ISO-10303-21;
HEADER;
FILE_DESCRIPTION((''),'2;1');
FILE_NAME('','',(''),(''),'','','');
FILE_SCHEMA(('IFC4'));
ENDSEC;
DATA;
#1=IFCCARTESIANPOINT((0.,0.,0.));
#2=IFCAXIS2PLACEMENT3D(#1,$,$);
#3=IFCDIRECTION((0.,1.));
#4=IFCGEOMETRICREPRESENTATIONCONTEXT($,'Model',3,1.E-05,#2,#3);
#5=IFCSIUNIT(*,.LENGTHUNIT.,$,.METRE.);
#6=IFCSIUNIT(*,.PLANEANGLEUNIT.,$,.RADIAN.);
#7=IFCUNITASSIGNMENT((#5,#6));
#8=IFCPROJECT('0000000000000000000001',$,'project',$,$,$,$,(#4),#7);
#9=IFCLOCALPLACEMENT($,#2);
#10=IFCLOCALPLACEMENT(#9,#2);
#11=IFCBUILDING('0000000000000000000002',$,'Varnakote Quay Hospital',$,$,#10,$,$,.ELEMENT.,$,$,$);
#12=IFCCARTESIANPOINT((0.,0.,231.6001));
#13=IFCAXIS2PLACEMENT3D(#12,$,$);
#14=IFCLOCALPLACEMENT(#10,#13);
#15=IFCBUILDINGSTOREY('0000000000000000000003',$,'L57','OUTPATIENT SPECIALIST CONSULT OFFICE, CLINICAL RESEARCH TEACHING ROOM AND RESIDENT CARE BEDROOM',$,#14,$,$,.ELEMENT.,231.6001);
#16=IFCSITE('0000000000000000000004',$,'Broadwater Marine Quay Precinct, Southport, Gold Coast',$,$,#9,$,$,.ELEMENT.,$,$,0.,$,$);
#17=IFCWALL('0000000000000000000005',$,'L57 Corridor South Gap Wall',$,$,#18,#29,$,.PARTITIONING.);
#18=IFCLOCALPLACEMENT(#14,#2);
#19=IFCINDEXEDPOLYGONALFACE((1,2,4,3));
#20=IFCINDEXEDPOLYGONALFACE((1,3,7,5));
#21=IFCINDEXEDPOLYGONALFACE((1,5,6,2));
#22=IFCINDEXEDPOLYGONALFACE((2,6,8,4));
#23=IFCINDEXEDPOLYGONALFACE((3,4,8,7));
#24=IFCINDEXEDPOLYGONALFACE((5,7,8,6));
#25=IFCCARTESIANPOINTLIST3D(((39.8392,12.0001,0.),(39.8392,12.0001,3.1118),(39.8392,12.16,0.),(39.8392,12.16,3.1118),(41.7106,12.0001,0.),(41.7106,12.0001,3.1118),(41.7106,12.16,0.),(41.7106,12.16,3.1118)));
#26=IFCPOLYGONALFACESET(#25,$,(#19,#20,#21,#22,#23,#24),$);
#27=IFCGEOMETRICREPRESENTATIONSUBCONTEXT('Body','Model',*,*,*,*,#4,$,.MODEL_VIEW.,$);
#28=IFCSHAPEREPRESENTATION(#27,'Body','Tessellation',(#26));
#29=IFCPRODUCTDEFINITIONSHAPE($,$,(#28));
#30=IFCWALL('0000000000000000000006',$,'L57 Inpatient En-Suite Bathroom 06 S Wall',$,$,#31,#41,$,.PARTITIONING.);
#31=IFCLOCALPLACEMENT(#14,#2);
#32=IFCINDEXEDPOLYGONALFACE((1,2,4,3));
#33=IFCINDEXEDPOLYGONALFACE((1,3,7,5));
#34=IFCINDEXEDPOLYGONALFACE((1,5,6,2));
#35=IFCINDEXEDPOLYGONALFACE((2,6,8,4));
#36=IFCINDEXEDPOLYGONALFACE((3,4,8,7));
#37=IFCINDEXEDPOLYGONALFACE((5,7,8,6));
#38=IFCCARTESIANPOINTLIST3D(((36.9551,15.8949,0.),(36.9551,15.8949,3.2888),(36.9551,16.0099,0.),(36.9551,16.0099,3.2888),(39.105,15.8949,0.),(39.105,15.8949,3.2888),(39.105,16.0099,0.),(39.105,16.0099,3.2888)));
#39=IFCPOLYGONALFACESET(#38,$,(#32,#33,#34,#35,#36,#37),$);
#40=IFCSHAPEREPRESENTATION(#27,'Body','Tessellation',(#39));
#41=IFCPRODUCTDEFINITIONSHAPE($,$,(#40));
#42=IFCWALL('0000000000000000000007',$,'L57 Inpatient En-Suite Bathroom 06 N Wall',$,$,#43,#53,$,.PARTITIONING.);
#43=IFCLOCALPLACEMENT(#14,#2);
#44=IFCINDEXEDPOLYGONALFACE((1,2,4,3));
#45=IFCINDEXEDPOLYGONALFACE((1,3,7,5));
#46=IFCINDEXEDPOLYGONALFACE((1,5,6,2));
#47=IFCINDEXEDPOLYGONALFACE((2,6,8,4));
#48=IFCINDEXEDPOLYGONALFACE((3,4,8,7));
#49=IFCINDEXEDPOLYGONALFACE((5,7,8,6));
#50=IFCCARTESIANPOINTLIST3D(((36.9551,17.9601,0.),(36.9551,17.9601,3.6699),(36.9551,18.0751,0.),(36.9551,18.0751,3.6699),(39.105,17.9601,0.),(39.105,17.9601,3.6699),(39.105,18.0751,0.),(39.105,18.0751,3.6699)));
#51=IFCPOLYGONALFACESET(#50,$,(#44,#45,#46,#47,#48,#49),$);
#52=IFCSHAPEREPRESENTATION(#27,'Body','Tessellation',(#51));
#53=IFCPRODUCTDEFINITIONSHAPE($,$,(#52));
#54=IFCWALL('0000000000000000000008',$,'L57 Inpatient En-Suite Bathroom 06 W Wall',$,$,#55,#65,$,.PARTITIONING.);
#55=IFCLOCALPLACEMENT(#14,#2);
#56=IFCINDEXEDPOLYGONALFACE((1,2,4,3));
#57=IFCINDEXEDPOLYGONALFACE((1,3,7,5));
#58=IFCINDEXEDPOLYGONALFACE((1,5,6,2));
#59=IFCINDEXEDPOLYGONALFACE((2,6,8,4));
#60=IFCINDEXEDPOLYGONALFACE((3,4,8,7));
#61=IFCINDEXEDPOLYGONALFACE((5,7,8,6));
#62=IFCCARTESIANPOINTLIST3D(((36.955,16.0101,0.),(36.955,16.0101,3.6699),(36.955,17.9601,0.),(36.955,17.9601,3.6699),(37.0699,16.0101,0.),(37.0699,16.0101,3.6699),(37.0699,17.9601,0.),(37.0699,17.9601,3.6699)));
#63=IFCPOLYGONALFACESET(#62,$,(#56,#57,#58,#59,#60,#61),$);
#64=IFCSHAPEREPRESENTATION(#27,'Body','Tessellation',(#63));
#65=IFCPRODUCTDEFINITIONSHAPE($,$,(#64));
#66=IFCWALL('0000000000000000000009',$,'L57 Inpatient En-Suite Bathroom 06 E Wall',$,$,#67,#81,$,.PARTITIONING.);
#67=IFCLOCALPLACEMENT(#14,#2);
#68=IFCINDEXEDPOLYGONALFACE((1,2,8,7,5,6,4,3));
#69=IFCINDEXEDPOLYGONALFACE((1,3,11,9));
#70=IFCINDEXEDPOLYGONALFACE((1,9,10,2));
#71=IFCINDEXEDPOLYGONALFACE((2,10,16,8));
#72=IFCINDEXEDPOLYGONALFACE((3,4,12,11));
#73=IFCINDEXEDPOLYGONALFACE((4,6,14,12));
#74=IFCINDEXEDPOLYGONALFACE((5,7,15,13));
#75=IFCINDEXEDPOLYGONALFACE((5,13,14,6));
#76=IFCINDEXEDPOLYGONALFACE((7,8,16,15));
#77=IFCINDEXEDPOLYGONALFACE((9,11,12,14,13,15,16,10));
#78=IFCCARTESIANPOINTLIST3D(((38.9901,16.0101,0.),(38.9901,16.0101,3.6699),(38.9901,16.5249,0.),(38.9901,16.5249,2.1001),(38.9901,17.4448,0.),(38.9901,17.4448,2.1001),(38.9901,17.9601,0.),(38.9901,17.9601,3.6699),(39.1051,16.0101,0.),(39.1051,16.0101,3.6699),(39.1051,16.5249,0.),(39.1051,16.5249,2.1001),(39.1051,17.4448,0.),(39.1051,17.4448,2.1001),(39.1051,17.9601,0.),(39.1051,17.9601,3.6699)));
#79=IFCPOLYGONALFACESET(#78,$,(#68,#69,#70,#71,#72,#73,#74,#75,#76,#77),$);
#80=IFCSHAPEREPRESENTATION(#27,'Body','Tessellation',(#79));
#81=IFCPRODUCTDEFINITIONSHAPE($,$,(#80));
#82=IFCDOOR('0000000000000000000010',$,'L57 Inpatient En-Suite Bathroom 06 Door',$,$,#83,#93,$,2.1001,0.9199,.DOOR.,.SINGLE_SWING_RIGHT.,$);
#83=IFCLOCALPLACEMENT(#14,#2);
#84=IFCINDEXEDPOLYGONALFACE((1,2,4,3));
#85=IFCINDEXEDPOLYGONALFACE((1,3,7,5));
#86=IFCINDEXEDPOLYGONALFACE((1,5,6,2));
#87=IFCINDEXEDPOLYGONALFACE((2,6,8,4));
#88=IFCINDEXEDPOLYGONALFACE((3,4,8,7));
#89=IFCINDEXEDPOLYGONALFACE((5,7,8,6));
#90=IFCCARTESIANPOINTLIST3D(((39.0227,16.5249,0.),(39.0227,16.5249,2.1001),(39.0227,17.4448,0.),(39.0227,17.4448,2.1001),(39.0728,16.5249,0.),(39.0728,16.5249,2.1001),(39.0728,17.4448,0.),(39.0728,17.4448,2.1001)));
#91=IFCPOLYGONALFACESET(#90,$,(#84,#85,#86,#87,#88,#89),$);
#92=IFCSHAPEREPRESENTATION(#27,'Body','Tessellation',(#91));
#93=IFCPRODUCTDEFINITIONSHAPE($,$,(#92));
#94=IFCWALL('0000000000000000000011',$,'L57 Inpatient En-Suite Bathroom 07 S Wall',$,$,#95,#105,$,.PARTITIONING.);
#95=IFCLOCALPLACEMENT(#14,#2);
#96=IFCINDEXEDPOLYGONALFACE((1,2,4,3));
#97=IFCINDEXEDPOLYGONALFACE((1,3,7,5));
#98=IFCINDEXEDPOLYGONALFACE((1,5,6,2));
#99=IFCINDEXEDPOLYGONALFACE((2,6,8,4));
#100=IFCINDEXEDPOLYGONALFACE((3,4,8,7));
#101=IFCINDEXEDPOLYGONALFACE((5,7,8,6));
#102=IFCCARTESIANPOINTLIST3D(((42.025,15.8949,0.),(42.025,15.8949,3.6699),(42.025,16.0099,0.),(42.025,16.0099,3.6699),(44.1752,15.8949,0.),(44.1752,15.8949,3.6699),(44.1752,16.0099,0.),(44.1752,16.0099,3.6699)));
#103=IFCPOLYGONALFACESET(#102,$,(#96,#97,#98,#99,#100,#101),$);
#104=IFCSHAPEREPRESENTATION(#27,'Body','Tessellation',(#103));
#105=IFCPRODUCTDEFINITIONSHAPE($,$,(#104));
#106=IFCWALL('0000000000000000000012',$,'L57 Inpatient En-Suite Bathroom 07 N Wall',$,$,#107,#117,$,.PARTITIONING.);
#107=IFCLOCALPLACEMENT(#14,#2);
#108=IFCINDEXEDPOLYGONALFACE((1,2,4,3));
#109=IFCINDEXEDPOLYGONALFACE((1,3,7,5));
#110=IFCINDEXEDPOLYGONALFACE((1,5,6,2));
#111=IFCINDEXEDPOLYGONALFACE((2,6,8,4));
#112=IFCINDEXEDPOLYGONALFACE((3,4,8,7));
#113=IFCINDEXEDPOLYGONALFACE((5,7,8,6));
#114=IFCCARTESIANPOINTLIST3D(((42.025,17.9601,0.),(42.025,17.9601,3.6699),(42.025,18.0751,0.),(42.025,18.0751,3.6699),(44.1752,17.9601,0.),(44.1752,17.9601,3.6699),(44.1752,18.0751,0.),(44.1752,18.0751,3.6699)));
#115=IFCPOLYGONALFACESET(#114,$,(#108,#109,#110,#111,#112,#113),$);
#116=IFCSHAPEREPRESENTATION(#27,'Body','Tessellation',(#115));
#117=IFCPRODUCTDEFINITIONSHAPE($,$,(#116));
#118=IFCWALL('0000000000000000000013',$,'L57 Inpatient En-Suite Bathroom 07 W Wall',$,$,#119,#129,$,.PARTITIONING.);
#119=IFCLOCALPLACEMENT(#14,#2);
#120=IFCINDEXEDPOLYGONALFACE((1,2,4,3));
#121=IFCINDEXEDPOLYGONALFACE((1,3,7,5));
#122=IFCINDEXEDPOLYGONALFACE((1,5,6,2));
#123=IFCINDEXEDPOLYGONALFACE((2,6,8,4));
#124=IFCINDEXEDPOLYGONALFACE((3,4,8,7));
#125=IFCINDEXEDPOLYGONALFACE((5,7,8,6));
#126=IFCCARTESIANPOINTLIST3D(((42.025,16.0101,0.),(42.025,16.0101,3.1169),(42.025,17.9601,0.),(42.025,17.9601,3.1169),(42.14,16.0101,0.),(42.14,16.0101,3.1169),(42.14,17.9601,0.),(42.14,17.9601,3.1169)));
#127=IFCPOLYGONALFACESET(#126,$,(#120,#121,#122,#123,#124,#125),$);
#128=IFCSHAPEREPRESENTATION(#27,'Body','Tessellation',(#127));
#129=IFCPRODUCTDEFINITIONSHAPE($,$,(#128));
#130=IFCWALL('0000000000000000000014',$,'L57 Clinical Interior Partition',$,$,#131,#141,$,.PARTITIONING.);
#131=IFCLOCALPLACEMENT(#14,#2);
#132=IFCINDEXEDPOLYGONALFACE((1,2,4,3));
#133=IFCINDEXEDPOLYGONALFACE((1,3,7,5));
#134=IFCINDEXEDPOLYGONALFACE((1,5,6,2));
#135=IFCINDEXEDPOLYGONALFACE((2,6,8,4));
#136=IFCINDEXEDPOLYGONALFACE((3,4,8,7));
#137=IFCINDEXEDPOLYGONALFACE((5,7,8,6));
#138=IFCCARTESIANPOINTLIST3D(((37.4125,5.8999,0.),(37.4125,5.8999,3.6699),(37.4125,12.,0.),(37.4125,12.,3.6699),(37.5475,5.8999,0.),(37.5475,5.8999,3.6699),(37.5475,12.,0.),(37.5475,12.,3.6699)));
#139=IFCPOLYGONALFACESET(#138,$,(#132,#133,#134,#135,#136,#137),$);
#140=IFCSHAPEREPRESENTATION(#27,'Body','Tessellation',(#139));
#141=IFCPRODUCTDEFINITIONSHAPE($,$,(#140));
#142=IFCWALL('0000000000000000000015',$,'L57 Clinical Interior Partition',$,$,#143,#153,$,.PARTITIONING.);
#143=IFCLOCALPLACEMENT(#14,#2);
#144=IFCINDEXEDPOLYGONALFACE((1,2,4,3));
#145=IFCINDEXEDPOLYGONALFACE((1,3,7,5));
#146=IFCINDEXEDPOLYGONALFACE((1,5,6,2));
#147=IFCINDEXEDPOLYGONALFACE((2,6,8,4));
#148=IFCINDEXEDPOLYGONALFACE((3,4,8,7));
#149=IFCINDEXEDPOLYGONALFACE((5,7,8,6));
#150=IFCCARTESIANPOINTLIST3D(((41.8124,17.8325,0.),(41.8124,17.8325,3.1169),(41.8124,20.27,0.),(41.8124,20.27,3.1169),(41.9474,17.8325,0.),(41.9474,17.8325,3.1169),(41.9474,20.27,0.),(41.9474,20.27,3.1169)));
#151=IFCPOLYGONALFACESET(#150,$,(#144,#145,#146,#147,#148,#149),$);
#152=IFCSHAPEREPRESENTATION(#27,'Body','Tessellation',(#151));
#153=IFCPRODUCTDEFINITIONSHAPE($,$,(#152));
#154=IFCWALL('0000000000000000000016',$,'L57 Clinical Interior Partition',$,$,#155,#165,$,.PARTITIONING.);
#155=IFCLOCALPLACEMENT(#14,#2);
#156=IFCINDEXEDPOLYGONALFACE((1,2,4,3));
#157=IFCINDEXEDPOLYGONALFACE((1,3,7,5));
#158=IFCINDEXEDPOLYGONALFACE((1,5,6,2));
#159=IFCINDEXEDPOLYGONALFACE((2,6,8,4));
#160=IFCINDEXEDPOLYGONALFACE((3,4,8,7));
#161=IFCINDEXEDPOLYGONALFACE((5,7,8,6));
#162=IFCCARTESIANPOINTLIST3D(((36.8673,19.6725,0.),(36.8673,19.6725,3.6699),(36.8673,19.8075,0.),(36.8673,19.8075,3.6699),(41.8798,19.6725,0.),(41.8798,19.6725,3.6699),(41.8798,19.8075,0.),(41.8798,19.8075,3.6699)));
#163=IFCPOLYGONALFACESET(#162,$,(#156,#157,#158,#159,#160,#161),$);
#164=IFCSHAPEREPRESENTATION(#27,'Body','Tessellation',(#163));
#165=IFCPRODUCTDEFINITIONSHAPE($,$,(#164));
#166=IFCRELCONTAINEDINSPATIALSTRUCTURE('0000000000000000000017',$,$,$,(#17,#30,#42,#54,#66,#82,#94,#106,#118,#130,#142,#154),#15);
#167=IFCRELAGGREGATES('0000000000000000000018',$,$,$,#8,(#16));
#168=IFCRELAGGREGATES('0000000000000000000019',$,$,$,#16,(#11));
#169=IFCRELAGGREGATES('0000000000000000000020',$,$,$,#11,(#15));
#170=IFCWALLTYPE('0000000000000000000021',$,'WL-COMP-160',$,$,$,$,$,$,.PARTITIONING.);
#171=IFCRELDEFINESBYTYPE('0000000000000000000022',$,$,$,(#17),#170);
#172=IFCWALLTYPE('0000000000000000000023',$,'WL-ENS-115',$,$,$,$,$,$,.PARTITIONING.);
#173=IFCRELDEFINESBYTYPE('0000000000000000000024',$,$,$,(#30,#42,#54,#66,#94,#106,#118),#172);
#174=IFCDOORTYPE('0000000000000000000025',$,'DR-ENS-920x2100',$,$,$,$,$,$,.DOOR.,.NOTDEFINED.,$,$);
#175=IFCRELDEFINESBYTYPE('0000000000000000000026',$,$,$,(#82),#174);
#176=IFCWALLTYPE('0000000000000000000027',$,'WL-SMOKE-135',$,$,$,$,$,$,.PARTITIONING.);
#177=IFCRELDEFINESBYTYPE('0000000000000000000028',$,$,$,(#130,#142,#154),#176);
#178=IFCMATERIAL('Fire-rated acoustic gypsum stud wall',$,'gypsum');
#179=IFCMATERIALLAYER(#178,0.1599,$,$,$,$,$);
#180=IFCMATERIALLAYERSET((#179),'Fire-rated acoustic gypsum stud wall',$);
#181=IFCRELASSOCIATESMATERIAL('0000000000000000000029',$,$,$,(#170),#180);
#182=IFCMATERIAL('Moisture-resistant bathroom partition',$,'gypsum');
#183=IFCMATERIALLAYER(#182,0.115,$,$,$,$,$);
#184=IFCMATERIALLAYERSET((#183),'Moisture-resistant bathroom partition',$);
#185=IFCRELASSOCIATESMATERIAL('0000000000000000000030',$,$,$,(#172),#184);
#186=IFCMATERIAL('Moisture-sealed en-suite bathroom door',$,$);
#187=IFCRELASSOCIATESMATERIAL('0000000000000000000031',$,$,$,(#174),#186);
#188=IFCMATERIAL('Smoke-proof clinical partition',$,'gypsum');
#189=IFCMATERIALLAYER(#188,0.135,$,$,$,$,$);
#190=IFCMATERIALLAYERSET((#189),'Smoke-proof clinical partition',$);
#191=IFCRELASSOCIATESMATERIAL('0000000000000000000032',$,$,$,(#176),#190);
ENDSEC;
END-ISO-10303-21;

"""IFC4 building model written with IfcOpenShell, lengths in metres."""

from ifc_helpers import new_model, si_unit, direction, frame, frame_2d, origin, place, context, subcontext, project, spatial, rectangle, extrude, material, layer, layer_set, type_object, element, fill, save


model = new_model("IFC4")

# Units and contexts
model_context = context("Model", 3, precision=1e-05, world=origin(), true_north=direction((0.0, 1.0)))
body_context = subcontext(model_context, "Body", "Model", "MODEL_VIEW")
ifc_project = project(units=[si_unit("LENGTHUNIT", "METRE"), si_unit("PLANEANGLEUNIT", "RADIAN")], contexts=[model_context])

# Site, building, storey
site_placement = place(None, origin())
site = spatial("IfcSite", under=ifc_project, at=site_placement, Name="Broadwater Marine Quay Precinct, Southport, Gold Coast", CompositionType="ELEMENT", RefElevation=0.0)
building_placement = place(site_placement, origin())
building = spatial("IfcBuilding", under=site, at=building_placement, Name="Varnakote Quay Hospital", CompositionType="ELEMENT")
storey_placement = place(building_placement, frame((0.0, 0.0, 231.6001)))
storey = spatial("IfcBuildingStorey", under=building, at=storey_placement, Name="L57", Description="OUTPATIENT SPECIALIST CONSULT OFFICE, CLINICAL RESEARCH TEACHING ROOM AND RESIDENT CARE BEDROOM", CompositionType="ELEMENT", Elevation=231.6001)

# Walls
ifc_material_1 = material(Name="Fire-rated acoustic gypsum stud wall", Category="gypsum")
ifc_layer_1 = layer(ifc_material_1, 0.1599)
ifc_layer_set_1 = layer_set([ifc_layer_1], Name="Fire-rated acoustic gypsum stud wall")
wall_type_1 = type_object("IfcWallType", Name="WL-COMP-160", PredefinedType="PARTITIONING", material=ifc_layer_set_1)
wall_1_placement = place(storey_placement, frame((39.8394, 12.0801, 0.0), z_axis=(0.0, 0.0, 1.0), x_axis=(1.0, 0.0, 0.0)))
element("IfcWall", 1, at=wall_1_placement, inside=storey, type_object=wall_type_1, Name="L57 Corridor South Gap Wall", PredefinedType="PARTITIONING", context=body_context, shape_type="SweptSolid", body=[
    extrude(rectangle(XDim=1.8713, YDim=0.1599, at=frame_2d((0.9355, 0.0))), origin(), (0.0, 0.0, 1.0), 3.1118),
])
ifc_material_2 = material(Name="Moisture-resistant bathroom partition", Category="gypsum")
ifc_layer_2 = layer(ifc_material_2, 0.115)
ifc_layer_set_2 = layer_set([ifc_layer_2], Name="Moisture-resistant bathroom partition")
wall_type_2 = type_object("IfcWallType", Name="WL-ENS-115", PredefinedType="PARTITIONING", material=ifc_layer_set_2)
wall_2_placement = place(storey_placement, frame((36.9551, 15.9524, 0.0), z_axis=(0.0, 0.0, 1.0), x_axis=(1.0, 0.0, 0.0)))
element("IfcWall", 2, at=wall_2_placement, inside=storey, type_object=wall_type_2, Name="L57 Inpatient En-Suite Bathroom 06 S Wall", PredefinedType="PARTITIONING", context=body_context, shape_type="SweptSolid", body=[
    extrude(rectangle(XDim=2.1499, YDim=0.115, at=frame_2d((1.075, 0.0))), origin(), (0.0, 0.0, 1.0), 3.2888),
])
wall_3_placement = place(storey_placement, frame((36.9551, 18.0176, 0.0), z_axis=(0.0, 0.0, 1.0), x_axis=(1.0, 0.0, 0.0)))
element("IfcWall", 3, at=wall_3_placement, inside=storey, type_object=wall_type_2, Name="L57 Inpatient En-Suite Bathroom 06 N Wall", PredefinedType="PARTITIONING", context=body_context, shape_type="SweptSolid", body=[
    extrude(rectangle(XDim=2.1499, YDim=0.115, at=frame_2d((1.075, 0.0))), origin(), (0.0, 0.0, 1.0), 3.6699),
])
wall_4_placement = place(storey_placement, frame((37.0125, 16.01, 0.0), z_axis=(0.0, 0.0, 1.0), x_axis=(0.0, 1.0, 0.0)))
element("IfcWall", 4, at=wall_4_placement, inside=storey, type_object=wall_type_2, Name="L57 Inpatient En-Suite Bathroom 06 W Wall", PredefinedType="PARTITIONING", context=body_context, shape_type="SweptSolid", body=[
    extrude(rectangle(XDim=1.95, YDim=0.115, at=frame_2d((0.9751, 0.0))), origin(), (0.0, 0.0, 1.0), 3.6699),
])

# Wall, opening, door
wall_5_placement = place(storey_placement, frame((39.0476, 16.01, 0.0), z_axis=(0.0, 0.0, 1.0), x_axis=(0.0, 1.0, 0.0)))
wall_5 = element("IfcWall", 5, at=wall_5_placement, inside=storey, type_object=wall_type_2, Name="L57 Inpatient En-Suite Bathroom 06 E Wall", PredefinedType="PARTITIONING", context=body_context, shape_type="SweptSolid", body=[
    extrude(rectangle(XDim=1.95, YDim=0.115, at=frame_2d((0.9751, 0.0))), origin(), (0.0, 0.0, 1.0), 3.6699),
])
opening_1_placement = place(wall_5_placement, frame((0.5149, 0.0, 0.0)))
opening_1 = element("IfcOpeningElement", 6, at=opening_1_placement, cuts=wall_5, PredefinedType="OPENING", context=body_context, shape_type="SweptSolid", body=[
    extrude(rectangle(XDim=0.9199, YDim=2.1001, at=frame_2d((0.46, 1.05))), frame((0.0, 0.0674, 0.0), z_axis=(0.0, -1.0, 0.0), x_axis=(1.0, 0.0, 0.0)), (0.0, 0.0, 1.0), 0.135),
])
ifc_material_3 = material(Name="Moisture-sealed en-suite bathroom door")
door_type_1 = type_object("IfcDoorType", Name="DR-ENS-920x2100", OperationType="NOTDEFINED", PredefinedType="DOOR", material=ifc_material_3)
door_1_placement = place(opening_1_placement, origin())
door_1 = element("IfcDoor", 7, at=door_1_placement, inside=storey, type_object=door_type_1, Name="L57 Inpatient En-Suite Bathroom 06 Door", OperationType="SINGLE_SWING_RIGHT", OverallHeight=2.1001, OverallWidth=0.9199, PredefinedType="DOOR", context=body_context, shape_type="SweptSolid", body=[
    extrude(rectangle(XDim=0.9199, YDim=2.1001, at=frame_2d((0.46, 1.05))), frame((0.0, 0.0249, 0.0), z_axis=(0.0, -1.0, 0.0), x_axis=(1.0, 0.0, 0.0)), (0.0, 0.0, 1.0), 0.05),
])
fill(opening_1, door_1)

# Walls
for number, where, z_axis, x_axis, name in (
    (8, (42.0249, 15.9524, 0.0), (0.0, 0.0, 1.0), (1.0, 0.0, 0.0), "L57 Inpatient En-Suite Bathroom 07 S Wall"),
    (9, (42.0249, 18.0176, 0.0), (0.0, 0.0, 1.0), (1.0, 0.0, 0.0), "L57 Inpatient En-Suite Bathroom 07 N Wall"),
):
    element("IfcWall", number, at=place(storey_placement, frame(where, z_axis=z_axis, x_axis=x_axis)), inside=storey, type_object=wall_type_2, Name=name, PredefinedType="PARTITIONING", context=body_context, shape_type="SweptSolid", body=[
        extrude(rectangle(XDim=2.1501, YDim=0.115, at=frame_2d((1.0752, 0.0))), origin(), (0.0, 0.0, 1.0), 3.6699),
    ])
wall_6_placement = place(storey_placement, frame((42.0825, 16.01, 0.0), z_axis=(0.0, 0.0, 1.0), x_axis=(0.0, 1.0, 0.0)))
element("IfcWall", 10, at=wall_6_placement, inside=storey, type_object=wall_type_2, Name="L57 Inpatient En-Suite Bathroom 07 W Wall", PredefinedType="PARTITIONING", context=body_context, shape_type="SweptSolid", body=[
    extrude(rectangle(XDim=1.95, YDim=0.115, at=frame_2d((0.9751, 0.0))), origin(), (0.0, 0.0, 1.0), 3.1169),
])
ifc_material_4 = material(Name="Smoke-proof clinical partition", Category="gypsum")
ifc_layer_3 = layer(ifc_material_4, 0.135)
ifc_layer_set_3 = layer_set([ifc_layer_3], Name="Smoke-proof clinical partition")
wall_type_3 = type_object("IfcWallType", Name="WL-SMOKE-135", PredefinedType="PARTITIONING", material=ifc_layer_set_3)
wall_7_placement = place(storey_placement, frame((37.48, 5.8999, 0.0), z_axis=(0.0, 0.0, 1.0), x_axis=(0.0, 1.0, 0.0)))
element("IfcWall", 11, at=wall_7_placement, inside=storey, type_object=wall_type_3, Name="L57 Clinical Interior Partition", PredefinedType="PARTITIONING", context=body_context, shape_type="SweptSolid", body=[
    extrude(rectangle(XDim=6.1001, YDim=0.135, at=frame_2d((3.05, 0.0))), origin(), (0.0, 0.0, 1.0), 3.6699),
])
wall_8_placement = place(storey_placement, frame((41.8799, 17.8325, 0.0), z_axis=(0.0, 0.0, 1.0), x_axis=(0.0, 1.0, 0.0)))
element("IfcWall", 12, at=wall_8_placement, inside=storey, type_object=wall_type_3, Name="L57 Clinical Interior Partition", PredefinedType="PARTITIONING", context=body_context, shape_type="SweptSolid", body=[
    extrude(rectangle(XDim=2.4375, YDim=0.135, at=frame_2d((1.2188, 0.0))), origin(), (0.0, 0.0, 1.0), 3.1169),
])
wall_9_placement = place(storey_placement, frame((41.8799, 19.74, 0.0), z_axis=(0.0, 0.0, 1.0), x_axis=(-1.0, 0.0, 0.0)))
element("IfcWall", 13, at=wall_9_placement, inside=storey, type_object=wall_type_3, Name="L57 Clinical Interior Partition", PredefinedType="PARTITIONING", context=body_context, shape_type="SweptSolid", body=[
    extrude(rectangle(XDim=5.0125, YDim=0.135, at=frame_2d((2.5063, 0.0))), origin(), (0.0, 0.0, 1.0), 3.6699),
])

save(model, "model.ifc")
